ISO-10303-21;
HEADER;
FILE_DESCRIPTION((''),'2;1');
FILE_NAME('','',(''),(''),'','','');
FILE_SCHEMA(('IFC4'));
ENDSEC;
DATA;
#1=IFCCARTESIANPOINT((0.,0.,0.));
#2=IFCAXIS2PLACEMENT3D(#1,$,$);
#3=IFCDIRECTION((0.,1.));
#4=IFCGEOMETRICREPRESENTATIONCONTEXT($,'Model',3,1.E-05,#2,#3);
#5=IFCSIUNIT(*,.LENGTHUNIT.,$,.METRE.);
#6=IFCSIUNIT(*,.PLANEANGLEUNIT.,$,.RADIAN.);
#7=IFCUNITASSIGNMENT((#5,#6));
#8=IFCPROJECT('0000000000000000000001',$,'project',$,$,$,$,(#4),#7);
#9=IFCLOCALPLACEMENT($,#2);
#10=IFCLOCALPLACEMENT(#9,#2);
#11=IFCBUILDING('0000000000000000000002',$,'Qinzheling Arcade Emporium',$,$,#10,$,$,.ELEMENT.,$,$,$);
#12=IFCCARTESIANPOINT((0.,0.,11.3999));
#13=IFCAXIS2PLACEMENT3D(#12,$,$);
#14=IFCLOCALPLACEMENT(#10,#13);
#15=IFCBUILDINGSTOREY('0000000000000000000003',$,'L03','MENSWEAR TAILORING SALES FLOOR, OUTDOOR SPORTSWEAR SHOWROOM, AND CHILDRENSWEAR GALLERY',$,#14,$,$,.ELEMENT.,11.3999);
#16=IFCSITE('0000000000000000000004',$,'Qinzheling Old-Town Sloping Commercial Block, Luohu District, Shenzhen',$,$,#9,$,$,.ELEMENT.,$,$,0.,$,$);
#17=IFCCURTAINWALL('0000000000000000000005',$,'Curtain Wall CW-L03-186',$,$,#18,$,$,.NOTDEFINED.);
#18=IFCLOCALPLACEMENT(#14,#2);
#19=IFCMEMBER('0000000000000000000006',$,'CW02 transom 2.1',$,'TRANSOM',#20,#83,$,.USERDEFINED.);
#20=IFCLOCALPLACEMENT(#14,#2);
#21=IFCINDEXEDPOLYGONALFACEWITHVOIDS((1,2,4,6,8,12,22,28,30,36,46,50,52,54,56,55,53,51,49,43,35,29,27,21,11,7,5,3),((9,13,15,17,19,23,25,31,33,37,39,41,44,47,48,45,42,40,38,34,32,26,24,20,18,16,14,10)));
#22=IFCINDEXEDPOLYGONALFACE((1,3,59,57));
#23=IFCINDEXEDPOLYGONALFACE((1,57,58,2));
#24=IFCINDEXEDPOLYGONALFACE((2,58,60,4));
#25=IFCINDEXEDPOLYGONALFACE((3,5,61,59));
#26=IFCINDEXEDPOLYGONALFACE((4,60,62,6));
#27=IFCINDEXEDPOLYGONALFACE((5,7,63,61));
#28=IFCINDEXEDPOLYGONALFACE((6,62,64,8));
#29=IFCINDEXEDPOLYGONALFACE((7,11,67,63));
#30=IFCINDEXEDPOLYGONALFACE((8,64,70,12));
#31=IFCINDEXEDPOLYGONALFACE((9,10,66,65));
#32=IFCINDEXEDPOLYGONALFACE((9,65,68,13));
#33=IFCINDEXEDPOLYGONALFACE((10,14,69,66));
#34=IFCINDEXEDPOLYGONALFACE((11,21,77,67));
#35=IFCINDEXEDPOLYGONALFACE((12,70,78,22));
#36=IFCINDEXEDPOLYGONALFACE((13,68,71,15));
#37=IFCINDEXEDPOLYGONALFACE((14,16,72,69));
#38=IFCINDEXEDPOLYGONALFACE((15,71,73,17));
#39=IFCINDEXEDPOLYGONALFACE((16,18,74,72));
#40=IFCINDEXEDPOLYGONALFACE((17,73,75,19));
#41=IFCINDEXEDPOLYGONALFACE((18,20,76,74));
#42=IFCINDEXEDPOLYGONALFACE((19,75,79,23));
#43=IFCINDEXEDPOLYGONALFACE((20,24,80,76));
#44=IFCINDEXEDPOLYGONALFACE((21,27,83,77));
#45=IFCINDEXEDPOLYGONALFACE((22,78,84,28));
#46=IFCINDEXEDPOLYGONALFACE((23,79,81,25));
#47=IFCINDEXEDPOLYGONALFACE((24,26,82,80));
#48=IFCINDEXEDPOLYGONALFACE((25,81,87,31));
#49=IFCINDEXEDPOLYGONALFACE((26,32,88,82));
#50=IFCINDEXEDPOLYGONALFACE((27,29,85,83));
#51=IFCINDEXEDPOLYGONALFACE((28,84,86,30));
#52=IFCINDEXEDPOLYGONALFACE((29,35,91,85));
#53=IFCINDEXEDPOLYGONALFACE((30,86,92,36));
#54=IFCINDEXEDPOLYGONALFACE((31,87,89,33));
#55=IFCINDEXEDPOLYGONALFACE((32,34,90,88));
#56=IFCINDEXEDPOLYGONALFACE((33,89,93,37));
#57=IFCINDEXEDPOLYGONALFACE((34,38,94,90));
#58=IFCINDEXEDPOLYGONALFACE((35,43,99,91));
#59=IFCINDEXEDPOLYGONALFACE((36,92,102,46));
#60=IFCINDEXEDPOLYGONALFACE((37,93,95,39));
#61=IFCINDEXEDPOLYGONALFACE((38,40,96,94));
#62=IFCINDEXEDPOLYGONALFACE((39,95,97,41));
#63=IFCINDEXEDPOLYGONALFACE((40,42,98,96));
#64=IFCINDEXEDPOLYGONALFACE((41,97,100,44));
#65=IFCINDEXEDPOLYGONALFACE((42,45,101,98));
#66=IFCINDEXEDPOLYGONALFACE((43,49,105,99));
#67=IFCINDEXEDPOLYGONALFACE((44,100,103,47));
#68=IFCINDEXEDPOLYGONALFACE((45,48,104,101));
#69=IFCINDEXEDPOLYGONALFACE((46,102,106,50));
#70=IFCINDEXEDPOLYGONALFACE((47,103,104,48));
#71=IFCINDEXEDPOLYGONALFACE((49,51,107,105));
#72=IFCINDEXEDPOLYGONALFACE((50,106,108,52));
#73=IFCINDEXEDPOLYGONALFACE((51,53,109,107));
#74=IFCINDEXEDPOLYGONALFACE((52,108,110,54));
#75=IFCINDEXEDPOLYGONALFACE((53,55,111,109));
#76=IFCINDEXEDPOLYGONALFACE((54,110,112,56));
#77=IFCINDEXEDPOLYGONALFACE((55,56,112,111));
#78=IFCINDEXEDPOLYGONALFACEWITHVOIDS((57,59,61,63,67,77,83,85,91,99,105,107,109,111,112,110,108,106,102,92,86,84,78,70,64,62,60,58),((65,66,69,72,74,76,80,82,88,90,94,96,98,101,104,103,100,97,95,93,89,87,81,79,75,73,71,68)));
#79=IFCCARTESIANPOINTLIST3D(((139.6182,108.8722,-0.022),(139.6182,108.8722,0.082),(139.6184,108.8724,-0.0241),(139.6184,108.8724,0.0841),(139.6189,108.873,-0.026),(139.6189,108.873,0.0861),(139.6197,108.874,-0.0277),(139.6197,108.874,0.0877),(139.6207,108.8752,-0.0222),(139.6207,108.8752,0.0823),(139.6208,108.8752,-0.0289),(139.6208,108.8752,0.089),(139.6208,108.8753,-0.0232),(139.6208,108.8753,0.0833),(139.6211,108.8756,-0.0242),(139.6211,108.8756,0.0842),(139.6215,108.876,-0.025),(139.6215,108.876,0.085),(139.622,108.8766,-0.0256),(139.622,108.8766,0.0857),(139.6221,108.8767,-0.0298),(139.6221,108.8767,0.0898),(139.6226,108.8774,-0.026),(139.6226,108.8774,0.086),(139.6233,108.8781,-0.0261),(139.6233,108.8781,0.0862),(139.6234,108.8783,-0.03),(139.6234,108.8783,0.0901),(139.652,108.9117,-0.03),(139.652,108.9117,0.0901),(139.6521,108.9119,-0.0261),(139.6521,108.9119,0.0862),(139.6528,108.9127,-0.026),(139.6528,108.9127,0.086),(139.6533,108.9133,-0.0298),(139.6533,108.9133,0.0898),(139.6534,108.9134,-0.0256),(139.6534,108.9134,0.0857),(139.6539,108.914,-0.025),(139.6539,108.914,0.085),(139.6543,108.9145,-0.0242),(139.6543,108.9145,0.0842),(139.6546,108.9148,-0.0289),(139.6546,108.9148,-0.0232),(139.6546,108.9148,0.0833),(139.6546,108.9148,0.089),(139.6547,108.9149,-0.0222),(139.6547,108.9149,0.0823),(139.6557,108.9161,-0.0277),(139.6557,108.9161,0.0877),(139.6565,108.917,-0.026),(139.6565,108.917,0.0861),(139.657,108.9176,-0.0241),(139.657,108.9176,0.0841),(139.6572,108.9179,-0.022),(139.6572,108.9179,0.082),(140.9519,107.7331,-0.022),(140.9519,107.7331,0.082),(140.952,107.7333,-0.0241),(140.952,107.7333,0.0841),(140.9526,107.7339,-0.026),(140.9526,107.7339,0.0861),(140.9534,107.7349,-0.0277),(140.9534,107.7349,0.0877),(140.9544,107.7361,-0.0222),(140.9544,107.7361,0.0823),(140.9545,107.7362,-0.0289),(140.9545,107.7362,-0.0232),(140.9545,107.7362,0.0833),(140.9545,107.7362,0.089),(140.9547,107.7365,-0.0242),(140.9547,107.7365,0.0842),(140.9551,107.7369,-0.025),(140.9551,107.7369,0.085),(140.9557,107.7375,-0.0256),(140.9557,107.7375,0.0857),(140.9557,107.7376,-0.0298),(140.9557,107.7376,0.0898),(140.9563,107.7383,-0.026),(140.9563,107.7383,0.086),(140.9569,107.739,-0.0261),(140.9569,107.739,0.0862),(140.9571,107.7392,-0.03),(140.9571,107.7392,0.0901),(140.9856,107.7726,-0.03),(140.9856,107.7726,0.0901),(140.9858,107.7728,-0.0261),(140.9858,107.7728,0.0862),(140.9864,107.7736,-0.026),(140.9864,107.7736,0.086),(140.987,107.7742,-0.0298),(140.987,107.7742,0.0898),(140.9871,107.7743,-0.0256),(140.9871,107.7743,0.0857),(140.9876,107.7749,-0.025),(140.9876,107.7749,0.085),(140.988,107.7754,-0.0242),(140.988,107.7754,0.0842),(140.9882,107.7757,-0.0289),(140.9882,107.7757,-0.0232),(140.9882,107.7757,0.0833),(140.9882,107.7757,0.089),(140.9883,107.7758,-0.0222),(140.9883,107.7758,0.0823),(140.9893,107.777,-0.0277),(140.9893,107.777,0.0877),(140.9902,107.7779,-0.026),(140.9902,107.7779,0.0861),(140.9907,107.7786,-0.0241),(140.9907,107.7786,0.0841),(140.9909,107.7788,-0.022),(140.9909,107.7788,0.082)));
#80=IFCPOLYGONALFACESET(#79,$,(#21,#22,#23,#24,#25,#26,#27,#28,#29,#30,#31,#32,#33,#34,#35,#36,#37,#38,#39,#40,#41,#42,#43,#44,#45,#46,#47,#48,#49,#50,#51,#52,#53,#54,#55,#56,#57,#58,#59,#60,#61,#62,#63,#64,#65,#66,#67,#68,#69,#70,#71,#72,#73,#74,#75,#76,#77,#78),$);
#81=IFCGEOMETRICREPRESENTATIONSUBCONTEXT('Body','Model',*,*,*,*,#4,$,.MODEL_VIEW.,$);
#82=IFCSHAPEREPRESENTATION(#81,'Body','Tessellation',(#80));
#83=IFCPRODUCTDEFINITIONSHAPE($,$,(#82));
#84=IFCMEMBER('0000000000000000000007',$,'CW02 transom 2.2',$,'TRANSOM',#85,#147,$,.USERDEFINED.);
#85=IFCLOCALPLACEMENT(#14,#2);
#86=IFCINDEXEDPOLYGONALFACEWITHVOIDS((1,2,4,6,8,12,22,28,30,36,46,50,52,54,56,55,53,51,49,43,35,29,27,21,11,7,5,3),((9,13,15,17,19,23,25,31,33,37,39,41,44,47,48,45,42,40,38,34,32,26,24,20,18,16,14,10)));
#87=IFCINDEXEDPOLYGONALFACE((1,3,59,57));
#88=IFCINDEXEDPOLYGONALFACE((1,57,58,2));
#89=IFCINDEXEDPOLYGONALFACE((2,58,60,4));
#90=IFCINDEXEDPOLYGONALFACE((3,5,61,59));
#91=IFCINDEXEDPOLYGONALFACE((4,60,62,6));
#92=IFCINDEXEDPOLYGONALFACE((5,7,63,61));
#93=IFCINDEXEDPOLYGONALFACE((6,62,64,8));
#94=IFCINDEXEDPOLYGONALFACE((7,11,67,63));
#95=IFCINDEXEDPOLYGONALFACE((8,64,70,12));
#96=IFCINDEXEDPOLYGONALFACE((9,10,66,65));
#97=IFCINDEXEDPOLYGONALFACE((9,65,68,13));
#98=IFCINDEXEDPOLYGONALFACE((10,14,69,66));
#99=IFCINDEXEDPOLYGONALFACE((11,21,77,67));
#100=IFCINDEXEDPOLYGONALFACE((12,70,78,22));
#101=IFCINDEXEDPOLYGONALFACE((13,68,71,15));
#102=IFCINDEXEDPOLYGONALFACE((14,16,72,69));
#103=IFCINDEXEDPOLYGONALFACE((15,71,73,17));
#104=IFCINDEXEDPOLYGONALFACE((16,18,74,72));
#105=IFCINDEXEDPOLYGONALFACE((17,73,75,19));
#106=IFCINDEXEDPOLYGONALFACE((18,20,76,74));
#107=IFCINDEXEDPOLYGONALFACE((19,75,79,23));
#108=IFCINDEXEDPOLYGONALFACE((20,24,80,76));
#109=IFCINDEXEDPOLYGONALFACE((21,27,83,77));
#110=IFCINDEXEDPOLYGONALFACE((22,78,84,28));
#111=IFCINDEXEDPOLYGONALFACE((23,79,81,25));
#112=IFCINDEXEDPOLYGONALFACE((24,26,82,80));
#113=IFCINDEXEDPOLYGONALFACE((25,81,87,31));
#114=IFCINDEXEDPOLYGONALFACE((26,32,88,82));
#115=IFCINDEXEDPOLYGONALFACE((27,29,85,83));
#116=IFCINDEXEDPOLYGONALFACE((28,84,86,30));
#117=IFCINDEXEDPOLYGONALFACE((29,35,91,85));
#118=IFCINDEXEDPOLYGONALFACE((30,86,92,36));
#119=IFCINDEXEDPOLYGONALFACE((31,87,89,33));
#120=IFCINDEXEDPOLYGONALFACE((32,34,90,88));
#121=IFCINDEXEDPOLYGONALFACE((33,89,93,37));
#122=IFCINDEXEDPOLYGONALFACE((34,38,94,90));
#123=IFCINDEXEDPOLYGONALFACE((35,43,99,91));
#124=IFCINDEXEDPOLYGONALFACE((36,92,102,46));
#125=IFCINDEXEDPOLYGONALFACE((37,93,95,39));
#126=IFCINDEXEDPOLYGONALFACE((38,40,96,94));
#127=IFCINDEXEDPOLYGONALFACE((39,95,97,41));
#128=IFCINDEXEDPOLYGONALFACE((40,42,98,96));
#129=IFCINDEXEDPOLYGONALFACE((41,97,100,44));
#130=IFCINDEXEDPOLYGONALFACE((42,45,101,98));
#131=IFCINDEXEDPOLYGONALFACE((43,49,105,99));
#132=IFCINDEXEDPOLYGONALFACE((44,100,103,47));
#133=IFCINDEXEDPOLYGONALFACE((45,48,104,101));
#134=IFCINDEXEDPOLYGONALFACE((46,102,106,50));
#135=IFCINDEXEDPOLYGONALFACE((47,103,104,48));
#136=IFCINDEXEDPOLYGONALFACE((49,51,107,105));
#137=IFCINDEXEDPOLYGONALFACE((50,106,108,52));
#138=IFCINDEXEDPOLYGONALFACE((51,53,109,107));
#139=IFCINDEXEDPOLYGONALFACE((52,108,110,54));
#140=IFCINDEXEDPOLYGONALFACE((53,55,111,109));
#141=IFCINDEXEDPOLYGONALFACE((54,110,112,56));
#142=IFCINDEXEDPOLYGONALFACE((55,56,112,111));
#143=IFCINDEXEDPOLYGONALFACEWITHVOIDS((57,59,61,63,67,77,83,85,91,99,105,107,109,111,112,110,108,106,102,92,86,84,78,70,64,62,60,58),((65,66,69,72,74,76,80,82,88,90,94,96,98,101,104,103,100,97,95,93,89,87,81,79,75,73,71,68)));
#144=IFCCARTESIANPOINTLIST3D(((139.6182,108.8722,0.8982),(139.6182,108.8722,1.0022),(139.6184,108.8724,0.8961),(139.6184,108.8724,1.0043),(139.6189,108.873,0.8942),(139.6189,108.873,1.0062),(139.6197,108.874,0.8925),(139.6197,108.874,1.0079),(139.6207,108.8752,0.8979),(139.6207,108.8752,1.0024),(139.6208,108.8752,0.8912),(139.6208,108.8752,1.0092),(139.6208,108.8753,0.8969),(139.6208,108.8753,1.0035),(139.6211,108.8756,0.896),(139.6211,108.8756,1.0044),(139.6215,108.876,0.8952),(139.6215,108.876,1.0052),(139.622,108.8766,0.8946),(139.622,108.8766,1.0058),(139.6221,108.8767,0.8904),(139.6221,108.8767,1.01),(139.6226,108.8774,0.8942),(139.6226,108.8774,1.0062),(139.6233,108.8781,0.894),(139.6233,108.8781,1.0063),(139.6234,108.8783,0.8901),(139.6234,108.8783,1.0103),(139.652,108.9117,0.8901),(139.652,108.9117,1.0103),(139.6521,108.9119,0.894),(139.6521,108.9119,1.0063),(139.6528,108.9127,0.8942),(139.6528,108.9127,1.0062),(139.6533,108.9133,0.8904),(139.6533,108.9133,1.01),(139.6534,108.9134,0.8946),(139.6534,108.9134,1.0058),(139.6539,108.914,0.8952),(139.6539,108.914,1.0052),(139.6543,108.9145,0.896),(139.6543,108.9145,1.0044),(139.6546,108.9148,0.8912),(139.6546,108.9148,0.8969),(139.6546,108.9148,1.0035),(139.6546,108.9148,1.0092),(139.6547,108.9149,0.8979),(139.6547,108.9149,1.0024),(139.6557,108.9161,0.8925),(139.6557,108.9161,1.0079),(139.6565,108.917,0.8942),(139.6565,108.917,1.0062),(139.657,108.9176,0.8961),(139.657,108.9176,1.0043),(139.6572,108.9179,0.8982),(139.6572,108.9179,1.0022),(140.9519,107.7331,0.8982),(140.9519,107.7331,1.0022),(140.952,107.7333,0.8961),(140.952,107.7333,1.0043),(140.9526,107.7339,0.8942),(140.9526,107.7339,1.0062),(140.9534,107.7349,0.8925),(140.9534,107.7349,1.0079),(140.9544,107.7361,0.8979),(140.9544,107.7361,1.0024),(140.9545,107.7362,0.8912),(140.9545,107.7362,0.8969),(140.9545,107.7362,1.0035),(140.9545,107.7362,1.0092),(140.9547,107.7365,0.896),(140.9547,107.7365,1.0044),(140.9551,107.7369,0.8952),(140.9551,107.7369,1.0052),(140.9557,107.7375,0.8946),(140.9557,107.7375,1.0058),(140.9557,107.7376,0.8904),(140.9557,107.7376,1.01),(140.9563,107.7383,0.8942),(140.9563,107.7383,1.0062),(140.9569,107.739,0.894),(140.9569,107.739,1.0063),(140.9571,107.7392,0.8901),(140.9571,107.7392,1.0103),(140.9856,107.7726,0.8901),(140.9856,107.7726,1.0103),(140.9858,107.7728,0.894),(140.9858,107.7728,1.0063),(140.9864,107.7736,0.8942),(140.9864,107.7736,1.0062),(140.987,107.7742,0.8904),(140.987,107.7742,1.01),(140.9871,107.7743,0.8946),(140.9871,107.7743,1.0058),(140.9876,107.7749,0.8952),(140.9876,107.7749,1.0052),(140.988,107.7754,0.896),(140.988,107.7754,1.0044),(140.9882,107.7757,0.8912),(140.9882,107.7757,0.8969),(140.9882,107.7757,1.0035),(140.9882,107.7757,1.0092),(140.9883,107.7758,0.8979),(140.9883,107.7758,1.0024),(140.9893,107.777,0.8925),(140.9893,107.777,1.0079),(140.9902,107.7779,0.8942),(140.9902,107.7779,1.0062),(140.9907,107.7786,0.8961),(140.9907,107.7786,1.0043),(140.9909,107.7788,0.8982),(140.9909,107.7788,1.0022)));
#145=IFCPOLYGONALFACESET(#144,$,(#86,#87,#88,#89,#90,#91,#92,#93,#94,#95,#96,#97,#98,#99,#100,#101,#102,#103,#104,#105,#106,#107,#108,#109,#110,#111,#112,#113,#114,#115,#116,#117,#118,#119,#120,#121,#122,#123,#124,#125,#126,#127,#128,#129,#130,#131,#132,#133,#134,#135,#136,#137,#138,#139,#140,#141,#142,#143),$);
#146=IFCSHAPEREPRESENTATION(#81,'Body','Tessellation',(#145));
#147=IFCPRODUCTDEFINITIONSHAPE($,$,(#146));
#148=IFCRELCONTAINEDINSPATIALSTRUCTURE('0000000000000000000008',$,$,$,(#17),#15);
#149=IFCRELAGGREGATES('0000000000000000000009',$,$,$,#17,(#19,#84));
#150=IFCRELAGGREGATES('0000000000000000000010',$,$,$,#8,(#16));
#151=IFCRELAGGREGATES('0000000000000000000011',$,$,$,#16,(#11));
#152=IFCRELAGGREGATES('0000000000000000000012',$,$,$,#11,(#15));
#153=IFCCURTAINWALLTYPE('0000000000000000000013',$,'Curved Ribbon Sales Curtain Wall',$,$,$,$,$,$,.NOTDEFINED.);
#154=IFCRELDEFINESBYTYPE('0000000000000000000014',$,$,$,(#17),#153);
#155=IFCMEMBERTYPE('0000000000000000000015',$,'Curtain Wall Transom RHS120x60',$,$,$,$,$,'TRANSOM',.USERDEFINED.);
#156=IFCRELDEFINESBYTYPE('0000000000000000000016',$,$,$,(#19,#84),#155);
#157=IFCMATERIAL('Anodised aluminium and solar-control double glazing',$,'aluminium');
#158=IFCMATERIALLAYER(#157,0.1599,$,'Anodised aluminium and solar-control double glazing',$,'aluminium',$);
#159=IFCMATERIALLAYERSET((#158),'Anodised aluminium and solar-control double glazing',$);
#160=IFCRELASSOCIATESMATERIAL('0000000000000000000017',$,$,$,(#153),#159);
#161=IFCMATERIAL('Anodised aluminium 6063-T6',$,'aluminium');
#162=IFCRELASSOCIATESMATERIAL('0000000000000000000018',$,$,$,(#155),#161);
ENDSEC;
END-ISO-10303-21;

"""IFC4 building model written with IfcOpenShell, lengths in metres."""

from ifc_helpers import new_model, si_unit, direction, frame, origin, origin_2d, place, context, subcontext, project, spatial, hollow_rectangle, extrude, material, layer, layer_set, material_profile, profile_set, type_object, element, aggregate, save


model = new_model("IFC4")

# Units and contexts
model_context = context("Model", 3, precision=1e-05, world=origin(), true_north=direction((0.0, 1.0)))
body_context = subcontext(model_context, "Body", "Model", "MODEL_VIEW")
ifc_project = project(units=[si_unit("LENGTHUNIT", "METRE"), si_unit("PLANEANGLEUNIT", "RADIAN")], contexts=[model_context])

# Site, building, storey
site_placement = place(None, origin())
site = spatial("IfcSite", under=ifc_project, at=site_placement, Name="Qinzheling Old-Town Sloping Commercial Block, Luohu District, Shenzhen", CompositionType="ELEMENT", RefElevation=0.0)
building_placement = place(site_placement, origin())
building = spatial("IfcBuilding", under=site, at=building_placement, Name="Qinzheling Arcade Emporium", CompositionType="ELEMENT")
storey_placement = place(building_placement, frame((0.0, 0.0, 11.3999)))
storey = spatial("IfcBuildingStorey", under=building, at=storey_placement, Name="L03", Description="MENSWEAR TAILORING SALES FLOOR, OUTDOOR SPORTSWEAR SHOWROOM, AND CHILDRENSWEAR GALLERY", CompositionType="ELEMENT", Elevation=11.3999)

# Curtain wall
ifc_material_1 = material(Name="Anodised aluminium and solar-control double glazing", Category="aluminium")
ifc_layer_1 = layer(ifc_material_1, 0.1599, Name="Anodised aluminium and solar-control double glazing", Category="aluminium")
ifc_layer_set_1 = layer_set([ifc_layer_1], Name="Anodised aluminium and solar-control double glazing")
curtain_wall_type = type_object("IfcCurtainWallType", Name="Curved Ribbon Sales Curtain Wall", PredefinedType="NOTDEFINED", material=ifc_layer_set_1)
curtain_wall_1_placement = place(storey_placement, origin())
curtain_wall_1 = element("IfcCurtainWall", 1, at=curtain_wall_1_placement, inside=storey, type_object=curtain_wall_type, Name="Curtain Wall CW-L03-186", PredefinedType="NOTDEFINED")
ifc_material_2 = material(Name="Anodised aluminium 6063-T6", Category="aluminium")

# Members
ifc_material_profile_1 = material_profile(ifc_material_2, hollow_rectangle(XDim=0.0601, YDim=0.1201, WallThickness=0.0039, InnerFilletRadius=0.0039, OuterFilletRadius=0.0081, at=origin_2d()), Name="RHS 120x60x4", Category="aluminium")
ifc_profile_set_1 = profile_set([ifc_material_profile_1], Name="Anodised aluminium 6063-T6")
member_type_1 = type_object("IfcMemberType", Name="Curtain Wall Transom RHS120x60", ElementType="TRANSOM", PredefinedType="USERDEFINED", material=ifc_profile_set_1)
member_1_placement = place(storey_placement, frame((139.6377, 108.895, 0.03), z_axis=(0.760395, -0.649461, 0.0), x_axis=(0.649461, 0.760395, 0.0)))
member_1 = element("IfcMember", 2, at=member_1_placement, type_object=member_type_1, Name="CW02 transom 2.1", ObjectType="TRANSOM", PredefinedType="USERDEFINED", context=body_context, shape_type="SweptSolid", body=[
    extrude(hollow_rectangle(XDim=0.0601, YDim=0.1201, WallThickness=0.0039, InnerFilletRadius=0.0039, OuterFilletRadius=0.0081, at=origin_2d()), origin(), (0.0, 0.0, 1.0), 1.7539),
])
member_2_placement = place(storey_placement, frame((139.6377, 108.895, 0.9502), z_axis=(0.760395, -0.649461, 0.0), x_axis=(0.649461, 0.760395, 0.0)))
member_2 = element("IfcMember", 3, at=member_2_placement, type_object=member_type_1, Name="CW02 transom 2.2", ObjectType="TRANSOM", PredefinedType="USERDEFINED", context=body_context, shape_type="SweptSolid", body=[
    extrude(hollow_rectangle(XDim=0.0601, YDim=0.1201, WallThickness=0.0039, InnerFilletRadius=0.0039, OuterFilletRadius=0.0081, at=origin_2d()), origin(), (0.0, 0.0, 1.0), 1.7539),
])

aggregate(curtain_wall_1, [member_1, member_2])

save(model, "model.ifc")
